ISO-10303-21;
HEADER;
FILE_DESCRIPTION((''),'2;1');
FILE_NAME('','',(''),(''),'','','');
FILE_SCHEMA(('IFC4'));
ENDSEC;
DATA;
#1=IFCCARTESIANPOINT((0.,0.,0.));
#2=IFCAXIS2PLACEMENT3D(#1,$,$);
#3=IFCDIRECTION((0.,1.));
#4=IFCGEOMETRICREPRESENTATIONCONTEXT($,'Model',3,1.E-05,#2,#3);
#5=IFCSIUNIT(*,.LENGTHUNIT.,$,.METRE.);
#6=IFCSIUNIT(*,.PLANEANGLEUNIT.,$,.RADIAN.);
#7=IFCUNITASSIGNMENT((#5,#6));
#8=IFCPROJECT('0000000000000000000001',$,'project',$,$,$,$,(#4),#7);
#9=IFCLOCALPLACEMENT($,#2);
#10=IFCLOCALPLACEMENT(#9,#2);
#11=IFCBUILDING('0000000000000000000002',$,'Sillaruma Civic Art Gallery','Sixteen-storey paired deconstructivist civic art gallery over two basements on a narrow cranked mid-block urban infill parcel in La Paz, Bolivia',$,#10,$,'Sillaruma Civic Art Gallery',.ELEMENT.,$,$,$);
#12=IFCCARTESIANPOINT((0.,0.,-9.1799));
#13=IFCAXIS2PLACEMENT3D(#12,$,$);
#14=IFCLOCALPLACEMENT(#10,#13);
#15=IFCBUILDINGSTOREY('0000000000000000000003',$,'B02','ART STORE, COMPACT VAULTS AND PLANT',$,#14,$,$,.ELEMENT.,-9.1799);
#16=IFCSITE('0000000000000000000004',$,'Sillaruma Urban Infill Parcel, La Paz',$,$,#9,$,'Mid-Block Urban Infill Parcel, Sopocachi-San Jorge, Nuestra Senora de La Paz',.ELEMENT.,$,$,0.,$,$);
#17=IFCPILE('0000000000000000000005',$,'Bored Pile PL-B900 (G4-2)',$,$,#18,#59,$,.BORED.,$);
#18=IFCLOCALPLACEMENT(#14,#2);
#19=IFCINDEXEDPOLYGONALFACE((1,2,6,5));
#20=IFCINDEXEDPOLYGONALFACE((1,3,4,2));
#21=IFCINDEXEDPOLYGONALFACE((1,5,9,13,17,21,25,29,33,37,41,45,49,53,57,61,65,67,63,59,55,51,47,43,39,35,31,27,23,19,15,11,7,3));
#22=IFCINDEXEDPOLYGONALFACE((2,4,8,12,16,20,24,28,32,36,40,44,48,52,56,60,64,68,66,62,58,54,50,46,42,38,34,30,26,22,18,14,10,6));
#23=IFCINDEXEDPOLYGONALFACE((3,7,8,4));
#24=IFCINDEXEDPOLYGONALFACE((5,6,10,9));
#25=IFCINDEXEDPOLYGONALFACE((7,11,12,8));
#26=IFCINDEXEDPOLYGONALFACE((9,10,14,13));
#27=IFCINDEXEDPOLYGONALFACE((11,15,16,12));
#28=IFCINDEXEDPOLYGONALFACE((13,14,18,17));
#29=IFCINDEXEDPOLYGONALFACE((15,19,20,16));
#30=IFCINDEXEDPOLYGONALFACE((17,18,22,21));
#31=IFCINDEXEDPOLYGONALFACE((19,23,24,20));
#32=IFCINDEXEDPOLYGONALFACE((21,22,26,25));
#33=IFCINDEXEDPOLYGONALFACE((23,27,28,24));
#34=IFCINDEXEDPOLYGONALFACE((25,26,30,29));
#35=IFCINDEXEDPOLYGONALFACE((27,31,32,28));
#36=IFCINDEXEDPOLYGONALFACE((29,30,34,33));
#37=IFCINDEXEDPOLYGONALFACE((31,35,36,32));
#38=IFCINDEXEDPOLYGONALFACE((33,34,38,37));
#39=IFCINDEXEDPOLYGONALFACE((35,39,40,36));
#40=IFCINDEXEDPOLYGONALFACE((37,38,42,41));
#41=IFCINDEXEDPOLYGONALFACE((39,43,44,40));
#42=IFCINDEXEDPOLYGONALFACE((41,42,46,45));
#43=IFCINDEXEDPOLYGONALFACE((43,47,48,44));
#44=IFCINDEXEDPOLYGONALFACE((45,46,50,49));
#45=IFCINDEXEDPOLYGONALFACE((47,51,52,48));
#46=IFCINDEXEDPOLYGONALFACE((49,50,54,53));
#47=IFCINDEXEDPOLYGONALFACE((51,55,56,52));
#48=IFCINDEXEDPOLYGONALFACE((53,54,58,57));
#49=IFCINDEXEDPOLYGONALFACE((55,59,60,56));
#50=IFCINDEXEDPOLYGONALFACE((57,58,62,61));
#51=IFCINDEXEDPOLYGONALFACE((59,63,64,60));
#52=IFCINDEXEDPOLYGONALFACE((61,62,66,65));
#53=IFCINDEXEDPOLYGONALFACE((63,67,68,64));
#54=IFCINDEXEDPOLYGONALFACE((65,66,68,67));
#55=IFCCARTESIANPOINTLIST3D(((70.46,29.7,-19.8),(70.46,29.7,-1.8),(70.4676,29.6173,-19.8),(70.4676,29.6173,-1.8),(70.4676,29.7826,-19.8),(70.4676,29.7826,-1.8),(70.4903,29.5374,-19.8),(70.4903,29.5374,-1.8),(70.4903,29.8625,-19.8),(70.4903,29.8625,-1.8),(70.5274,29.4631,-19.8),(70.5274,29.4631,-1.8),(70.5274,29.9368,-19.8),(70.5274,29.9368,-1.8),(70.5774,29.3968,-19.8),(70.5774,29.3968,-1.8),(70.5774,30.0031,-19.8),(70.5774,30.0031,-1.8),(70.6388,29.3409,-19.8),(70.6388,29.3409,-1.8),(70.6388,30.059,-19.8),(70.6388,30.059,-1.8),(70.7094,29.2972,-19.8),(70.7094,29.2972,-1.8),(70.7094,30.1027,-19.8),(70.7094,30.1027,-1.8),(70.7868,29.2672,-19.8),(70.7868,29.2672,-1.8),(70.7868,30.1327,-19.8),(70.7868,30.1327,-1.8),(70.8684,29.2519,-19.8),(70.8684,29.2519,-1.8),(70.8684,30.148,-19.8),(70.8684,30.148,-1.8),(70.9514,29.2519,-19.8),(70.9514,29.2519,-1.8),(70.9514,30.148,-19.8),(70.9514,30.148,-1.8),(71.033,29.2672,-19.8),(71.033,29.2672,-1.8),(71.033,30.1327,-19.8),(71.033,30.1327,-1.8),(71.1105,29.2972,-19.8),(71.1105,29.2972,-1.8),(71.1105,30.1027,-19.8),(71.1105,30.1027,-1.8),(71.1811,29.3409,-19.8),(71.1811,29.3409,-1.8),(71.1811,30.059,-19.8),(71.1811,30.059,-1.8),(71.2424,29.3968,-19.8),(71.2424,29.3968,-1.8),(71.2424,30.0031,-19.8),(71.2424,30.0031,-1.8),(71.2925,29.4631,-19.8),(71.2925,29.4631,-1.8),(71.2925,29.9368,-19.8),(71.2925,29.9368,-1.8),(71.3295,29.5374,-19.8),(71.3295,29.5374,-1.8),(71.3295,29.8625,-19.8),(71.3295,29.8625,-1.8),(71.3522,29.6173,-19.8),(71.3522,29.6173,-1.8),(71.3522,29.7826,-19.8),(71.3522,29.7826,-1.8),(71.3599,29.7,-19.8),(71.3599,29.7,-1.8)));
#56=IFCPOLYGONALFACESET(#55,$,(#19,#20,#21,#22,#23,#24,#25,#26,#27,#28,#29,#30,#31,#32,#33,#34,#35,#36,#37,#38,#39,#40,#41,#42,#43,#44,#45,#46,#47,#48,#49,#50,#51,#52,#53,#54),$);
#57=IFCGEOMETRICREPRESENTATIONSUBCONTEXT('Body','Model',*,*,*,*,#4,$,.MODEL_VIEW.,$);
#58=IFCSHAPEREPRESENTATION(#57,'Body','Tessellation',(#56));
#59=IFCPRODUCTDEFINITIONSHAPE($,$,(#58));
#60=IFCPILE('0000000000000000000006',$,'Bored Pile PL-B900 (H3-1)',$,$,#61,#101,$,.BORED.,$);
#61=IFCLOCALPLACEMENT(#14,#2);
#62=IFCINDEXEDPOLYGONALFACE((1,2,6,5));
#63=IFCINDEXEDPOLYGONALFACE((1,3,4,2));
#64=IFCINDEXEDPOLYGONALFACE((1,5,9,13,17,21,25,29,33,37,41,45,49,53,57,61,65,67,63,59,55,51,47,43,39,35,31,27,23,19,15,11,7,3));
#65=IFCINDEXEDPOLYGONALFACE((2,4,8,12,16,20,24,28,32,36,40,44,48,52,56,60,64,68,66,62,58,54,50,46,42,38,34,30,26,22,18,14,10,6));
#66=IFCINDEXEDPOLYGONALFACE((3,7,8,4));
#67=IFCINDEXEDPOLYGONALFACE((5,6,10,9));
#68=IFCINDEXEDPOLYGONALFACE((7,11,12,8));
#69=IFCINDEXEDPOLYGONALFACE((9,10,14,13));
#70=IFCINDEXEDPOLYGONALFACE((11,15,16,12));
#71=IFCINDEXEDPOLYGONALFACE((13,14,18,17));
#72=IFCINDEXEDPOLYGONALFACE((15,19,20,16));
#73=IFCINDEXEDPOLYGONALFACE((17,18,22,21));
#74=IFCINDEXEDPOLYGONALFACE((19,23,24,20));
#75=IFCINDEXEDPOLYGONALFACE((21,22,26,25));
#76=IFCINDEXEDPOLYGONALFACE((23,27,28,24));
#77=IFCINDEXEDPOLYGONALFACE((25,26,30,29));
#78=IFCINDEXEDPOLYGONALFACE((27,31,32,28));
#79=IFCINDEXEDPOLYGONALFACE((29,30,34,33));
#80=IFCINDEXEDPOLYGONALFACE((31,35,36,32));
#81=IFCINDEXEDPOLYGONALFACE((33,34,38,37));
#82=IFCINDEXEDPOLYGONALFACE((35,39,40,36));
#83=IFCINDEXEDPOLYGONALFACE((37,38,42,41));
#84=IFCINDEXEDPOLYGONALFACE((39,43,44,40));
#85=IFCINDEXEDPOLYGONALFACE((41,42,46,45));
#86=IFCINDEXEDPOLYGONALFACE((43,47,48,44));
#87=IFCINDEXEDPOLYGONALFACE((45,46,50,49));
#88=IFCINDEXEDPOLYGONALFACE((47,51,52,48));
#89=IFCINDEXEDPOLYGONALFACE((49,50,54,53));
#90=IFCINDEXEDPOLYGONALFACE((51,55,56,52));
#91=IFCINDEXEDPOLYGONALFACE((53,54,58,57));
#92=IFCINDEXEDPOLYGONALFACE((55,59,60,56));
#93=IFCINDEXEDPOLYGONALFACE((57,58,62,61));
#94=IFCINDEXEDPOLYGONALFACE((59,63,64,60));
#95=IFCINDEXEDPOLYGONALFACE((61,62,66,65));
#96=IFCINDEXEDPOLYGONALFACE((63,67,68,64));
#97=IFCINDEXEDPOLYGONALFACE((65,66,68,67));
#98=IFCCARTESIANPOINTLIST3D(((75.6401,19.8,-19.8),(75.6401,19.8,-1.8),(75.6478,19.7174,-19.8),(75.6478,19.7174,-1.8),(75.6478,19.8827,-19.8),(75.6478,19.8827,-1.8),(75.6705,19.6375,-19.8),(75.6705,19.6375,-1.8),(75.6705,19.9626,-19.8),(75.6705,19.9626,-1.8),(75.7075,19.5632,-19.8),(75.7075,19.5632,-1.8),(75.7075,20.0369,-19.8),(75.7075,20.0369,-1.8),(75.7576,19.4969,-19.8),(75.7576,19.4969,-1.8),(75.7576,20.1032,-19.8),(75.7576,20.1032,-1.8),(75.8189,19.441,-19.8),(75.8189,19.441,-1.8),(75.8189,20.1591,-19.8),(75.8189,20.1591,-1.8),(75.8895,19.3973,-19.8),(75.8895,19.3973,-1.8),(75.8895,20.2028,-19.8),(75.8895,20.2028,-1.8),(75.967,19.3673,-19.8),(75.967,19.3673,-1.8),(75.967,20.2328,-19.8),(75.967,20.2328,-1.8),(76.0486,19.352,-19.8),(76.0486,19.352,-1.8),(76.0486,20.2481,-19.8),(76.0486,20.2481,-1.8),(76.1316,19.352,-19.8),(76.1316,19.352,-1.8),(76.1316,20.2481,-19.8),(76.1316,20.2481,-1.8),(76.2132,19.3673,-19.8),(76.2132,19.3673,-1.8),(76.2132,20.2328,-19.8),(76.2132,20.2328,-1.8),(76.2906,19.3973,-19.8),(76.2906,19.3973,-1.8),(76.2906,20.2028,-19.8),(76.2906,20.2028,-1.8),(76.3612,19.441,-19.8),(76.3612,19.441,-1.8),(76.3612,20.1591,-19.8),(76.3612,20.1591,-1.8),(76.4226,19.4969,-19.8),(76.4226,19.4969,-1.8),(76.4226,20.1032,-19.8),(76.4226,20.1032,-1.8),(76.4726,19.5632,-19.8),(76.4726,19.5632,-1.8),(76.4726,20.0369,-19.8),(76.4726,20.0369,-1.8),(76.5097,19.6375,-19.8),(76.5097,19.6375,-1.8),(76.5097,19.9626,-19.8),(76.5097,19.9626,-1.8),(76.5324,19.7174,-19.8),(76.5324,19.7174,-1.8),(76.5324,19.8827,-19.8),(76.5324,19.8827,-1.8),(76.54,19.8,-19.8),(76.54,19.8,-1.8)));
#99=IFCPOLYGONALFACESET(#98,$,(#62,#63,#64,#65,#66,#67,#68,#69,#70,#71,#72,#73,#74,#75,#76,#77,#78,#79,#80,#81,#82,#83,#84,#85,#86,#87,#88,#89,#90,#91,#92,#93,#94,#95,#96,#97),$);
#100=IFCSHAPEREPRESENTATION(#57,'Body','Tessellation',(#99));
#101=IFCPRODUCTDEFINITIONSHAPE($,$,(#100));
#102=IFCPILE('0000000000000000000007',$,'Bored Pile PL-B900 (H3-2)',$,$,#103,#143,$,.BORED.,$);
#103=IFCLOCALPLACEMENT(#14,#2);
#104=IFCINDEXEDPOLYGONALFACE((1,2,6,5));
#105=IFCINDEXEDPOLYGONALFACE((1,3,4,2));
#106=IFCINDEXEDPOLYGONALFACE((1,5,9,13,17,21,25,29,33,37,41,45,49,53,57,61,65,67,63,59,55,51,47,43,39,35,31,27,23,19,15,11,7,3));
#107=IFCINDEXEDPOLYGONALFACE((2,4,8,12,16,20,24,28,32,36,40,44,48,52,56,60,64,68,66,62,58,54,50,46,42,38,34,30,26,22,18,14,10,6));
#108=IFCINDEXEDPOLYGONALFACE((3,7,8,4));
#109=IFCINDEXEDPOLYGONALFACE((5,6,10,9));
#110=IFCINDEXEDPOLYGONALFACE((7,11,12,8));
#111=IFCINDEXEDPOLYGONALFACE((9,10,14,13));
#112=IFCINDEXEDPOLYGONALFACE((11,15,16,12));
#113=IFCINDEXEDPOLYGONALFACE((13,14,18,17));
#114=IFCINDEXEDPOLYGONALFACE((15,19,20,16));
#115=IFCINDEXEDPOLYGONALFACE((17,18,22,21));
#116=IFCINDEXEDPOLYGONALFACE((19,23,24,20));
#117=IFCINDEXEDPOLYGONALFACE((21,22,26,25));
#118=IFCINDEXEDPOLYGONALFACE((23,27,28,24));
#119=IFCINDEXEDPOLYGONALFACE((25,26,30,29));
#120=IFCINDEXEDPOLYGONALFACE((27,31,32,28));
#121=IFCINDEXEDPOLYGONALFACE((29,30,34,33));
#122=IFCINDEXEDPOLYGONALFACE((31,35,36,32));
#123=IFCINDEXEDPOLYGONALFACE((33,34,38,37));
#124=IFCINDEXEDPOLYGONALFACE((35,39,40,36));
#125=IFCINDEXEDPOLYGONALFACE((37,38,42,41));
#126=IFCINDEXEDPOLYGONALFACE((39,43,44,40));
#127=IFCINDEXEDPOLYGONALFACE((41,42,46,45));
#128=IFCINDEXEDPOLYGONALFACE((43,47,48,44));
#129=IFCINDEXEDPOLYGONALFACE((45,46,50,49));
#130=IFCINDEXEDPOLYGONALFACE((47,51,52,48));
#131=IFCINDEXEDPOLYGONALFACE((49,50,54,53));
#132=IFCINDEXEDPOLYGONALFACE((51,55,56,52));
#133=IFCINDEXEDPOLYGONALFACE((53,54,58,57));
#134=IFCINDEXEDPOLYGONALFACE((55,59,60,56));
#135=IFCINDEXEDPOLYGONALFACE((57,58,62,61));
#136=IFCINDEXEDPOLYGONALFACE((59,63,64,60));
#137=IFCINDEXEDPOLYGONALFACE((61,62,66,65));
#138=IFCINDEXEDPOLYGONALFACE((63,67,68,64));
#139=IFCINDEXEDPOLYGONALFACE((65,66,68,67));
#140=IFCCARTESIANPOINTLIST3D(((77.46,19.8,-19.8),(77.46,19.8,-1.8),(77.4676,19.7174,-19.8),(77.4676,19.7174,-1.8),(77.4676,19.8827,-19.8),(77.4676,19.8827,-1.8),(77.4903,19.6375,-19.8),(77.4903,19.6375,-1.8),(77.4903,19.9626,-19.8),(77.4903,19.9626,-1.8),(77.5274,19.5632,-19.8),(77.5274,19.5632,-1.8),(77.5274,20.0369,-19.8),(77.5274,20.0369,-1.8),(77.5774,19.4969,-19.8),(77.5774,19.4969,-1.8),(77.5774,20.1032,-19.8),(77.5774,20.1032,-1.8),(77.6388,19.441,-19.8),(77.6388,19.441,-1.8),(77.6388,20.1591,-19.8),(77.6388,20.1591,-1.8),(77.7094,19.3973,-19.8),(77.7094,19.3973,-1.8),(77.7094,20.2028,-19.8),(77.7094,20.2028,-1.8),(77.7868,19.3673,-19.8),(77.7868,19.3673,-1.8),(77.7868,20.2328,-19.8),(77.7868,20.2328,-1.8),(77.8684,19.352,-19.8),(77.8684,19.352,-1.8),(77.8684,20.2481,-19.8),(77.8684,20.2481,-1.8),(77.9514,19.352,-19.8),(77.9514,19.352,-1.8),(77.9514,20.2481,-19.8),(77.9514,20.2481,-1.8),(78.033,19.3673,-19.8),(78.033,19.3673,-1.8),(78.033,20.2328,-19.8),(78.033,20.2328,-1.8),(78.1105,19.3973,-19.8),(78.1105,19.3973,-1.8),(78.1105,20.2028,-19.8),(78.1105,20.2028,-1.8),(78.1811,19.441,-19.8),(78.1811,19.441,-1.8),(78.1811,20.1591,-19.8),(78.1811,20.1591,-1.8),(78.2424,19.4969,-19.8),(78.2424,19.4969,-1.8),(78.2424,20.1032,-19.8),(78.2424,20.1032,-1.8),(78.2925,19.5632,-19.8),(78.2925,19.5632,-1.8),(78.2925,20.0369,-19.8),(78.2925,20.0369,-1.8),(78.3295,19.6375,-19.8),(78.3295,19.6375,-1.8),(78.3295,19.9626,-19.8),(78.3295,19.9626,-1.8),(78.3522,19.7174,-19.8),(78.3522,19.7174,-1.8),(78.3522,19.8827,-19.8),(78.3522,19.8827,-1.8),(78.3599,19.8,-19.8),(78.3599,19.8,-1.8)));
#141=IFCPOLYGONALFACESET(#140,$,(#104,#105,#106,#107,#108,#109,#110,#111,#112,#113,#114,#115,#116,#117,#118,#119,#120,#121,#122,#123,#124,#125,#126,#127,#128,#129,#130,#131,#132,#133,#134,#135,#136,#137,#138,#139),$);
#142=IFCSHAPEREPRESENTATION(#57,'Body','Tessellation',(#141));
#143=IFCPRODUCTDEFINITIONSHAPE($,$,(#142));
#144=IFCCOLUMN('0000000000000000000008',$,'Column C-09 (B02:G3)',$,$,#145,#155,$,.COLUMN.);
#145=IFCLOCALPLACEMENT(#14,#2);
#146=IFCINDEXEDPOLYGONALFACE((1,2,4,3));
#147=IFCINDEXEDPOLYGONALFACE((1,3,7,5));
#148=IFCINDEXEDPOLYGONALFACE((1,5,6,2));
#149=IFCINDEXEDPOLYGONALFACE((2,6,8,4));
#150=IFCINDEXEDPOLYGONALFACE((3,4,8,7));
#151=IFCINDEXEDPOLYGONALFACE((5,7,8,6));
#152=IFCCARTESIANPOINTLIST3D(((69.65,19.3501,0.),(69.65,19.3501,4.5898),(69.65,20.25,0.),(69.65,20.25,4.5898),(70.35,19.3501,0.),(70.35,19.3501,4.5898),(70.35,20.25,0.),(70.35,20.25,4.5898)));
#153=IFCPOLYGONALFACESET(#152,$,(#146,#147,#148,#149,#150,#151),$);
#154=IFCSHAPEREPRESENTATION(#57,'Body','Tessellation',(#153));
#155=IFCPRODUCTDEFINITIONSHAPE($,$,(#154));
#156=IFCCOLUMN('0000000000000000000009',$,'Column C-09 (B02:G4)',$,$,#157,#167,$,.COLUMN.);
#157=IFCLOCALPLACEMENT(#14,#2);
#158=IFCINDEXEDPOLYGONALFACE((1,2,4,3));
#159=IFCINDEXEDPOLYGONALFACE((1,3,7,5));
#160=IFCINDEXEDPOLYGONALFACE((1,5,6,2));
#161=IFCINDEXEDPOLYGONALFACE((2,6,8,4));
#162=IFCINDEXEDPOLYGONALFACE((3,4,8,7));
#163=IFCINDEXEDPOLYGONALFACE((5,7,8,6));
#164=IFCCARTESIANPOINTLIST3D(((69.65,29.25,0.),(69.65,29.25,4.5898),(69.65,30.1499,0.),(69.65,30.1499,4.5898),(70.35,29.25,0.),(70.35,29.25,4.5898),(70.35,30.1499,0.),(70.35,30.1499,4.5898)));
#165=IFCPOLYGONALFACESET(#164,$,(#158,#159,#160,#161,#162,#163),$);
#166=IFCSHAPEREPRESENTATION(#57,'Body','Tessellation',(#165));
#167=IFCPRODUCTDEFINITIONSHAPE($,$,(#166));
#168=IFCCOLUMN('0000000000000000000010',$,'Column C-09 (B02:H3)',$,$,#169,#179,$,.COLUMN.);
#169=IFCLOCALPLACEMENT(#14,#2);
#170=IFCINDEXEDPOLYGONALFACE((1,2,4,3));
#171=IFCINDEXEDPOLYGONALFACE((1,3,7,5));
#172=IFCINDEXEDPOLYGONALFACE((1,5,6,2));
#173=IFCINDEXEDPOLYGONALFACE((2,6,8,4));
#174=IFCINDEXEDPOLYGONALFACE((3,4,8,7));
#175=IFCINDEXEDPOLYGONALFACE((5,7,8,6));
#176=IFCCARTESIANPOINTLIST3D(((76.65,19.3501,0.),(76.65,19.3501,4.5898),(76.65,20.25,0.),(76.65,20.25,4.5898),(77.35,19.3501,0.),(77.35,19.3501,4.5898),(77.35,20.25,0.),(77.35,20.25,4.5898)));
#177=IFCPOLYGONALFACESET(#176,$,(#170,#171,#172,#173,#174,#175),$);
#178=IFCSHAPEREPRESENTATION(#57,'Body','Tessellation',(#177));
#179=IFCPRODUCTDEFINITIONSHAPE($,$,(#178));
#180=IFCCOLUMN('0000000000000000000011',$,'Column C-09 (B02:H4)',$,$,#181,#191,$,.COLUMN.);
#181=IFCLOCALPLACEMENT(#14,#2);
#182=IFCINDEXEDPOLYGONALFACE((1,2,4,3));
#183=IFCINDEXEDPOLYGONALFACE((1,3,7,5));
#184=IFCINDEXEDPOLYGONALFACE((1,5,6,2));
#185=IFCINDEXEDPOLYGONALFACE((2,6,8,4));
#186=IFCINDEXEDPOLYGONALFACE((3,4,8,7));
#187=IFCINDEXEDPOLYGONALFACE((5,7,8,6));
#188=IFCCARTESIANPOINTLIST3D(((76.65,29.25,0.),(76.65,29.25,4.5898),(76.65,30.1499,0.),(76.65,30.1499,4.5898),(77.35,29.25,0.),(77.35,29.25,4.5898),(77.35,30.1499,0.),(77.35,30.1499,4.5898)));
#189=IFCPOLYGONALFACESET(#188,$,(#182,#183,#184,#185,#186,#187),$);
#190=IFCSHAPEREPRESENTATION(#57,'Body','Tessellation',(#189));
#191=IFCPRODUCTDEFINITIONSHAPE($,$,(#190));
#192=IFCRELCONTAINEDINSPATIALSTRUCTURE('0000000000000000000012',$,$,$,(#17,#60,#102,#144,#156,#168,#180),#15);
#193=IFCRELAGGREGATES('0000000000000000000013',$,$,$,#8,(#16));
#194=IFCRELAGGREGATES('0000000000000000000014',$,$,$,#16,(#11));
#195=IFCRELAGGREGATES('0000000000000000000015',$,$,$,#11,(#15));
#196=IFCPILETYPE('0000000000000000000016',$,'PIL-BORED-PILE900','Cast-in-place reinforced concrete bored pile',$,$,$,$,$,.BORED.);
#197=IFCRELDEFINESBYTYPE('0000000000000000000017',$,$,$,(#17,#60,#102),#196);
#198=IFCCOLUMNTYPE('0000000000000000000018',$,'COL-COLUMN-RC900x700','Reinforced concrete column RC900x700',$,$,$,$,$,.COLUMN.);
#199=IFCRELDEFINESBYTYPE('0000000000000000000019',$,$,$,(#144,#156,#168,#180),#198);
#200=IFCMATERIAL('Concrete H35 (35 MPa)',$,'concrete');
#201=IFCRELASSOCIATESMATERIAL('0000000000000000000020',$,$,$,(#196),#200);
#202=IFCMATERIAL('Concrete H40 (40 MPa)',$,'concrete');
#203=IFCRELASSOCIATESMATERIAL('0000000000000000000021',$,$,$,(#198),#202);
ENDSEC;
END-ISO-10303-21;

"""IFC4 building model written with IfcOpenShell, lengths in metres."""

from ifc_helpers import new_model, si_unit, direction, frame, origin, origin_2d, place, context, subcontext, project, spatial, rectangle, circle, extrude, material, material_profile, profile_set, type_object, element, save


model = new_model("IFC4")

# Units and contexts
model_context = context("Model", 3, precision=1e-05, world=origin(), true_north=direction((0.0, 1.0)))
body_context = subcontext(model_context, "Body", "Model", "MODEL_VIEW")
ifc_project = project(units=[si_unit("LENGTHUNIT", "METRE"), si_unit("PLANEANGLEUNIT", "RADIAN")], contexts=[model_context])

# Site, building, storey
site_placement = place(None, origin())
site = spatial("IfcSite", under=ifc_project, at=site_placement, Name="Sillaruma Urban Infill Parcel, La Paz", LongName="Mid-Block Urban Infill Parcel, Sopocachi-San Jorge, Nuestra Senora de La Paz", CompositionType="ELEMENT", RefElevation=0.0)
building_placement = place(site_placement, origin())
building = spatial("IfcBuilding", under=site, at=building_placement, Name="Sillaruma Civic Art Gallery", Description="Sixteen-storey paired deconstructivist civic art gallery over two basements on a narrow cranked mid-block urban infill parcel in La Paz, Bolivia", LongName="Sillaruma Civic Art Gallery", CompositionType="ELEMENT")
storey_placement = place(building_placement, frame((0.0, 0.0, -9.1799)))
storey = spatial("IfcBuildingStorey", under=building, at=storey_placement, Name="B02", Description="ART STORE, COMPACT VAULTS AND PLANT", CompositionType="ELEMENT", Elevation=-9.1799)

# Shared definitions
ifc_material_1 = material(Name="Concrete H35 (35 MPa)", Category="concrete")

# Piles
ifc_material_profile_1 = material_profile(ifc_material_1, circle(Radius=0.45, at=origin_2d()), Name="PILE900")
ifc_profile_set_1 = profile_set([ifc_material_profile_1], Name="Concrete H35 (35 MPa)")
pile_type_1 = type_object("IfcPileType", Name="PIL-BORED-PILE900", Description="Cast-in-place reinforced concrete bored pile", PredefinedType="BORED", material=ifc_profile_set_1)
for number, where, z_axis, x_axis, name in (
    (1, (70.9099, 29.7, -1.8), (0.0, 0.0, -1.0), (1.0, 0.0, 0.0), "Bored Pile PL-B900 (G4-2)"),
    (2, (76.0901, 19.8, -1.8), (0.0, 0.0, -1.0), (1.0, 0.0, 0.0), "Bored Pile PL-B900 (H3-1)"),
    (3, (77.9099, 19.8, -1.8), (0.0, 0.0, -1.0), (1.0, 0.0, 0.0), "Bored Pile PL-B900 (H3-2)"),
):
    element("IfcPile", number, at=place(storey_placement, frame(where, z_axis=z_axis, x_axis=x_axis)), inside=storey, type_object=pile_type_1, Name=name, PredefinedType="BORED", context=body_context, shape_type="SweptSolid", body=[
        extrude(circle(Radius=0.45, at=origin_2d()), origin(), (0.0, 0.0, 1.0), 18.0),
    ])

# Columns
ifc_material_2 = material(Name="Concrete H40 (40 MPa)", Category="concrete")
ifc_material_profile_2 = material_profile(ifc_material_2, rectangle(XDim=0.7, YDim=0.8999, at=origin_2d()), Name="RC900x700")
ifc_profile_set_2 = profile_set([ifc_material_profile_2], Name="Concrete H40 (40 MPa)")
column_type = type_object("IfcColumnType", Name="COL-COLUMN-RC900x700", Description="Reinforced concrete column RC900x700", PredefinedType="COLUMN", material=ifc_profile_set_2)
for number, where, z_axis, x_axis, name in (
    (4, (70.0, 19.8, 0.0), (0.0, 0.0, 1.0), (1.0, 0.0, 0.0), "Column C-09 (B02:G3)"),
    (5, (70.0, 29.7, 0.0), (0.0, 0.0, 1.0), (1.0, 0.0, 0.0), "Column C-09 (B02:G4)"),
    (6, (77.0, 19.8, 0.0), (0.0, 0.0, 1.0), (1.0, 0.0, 0.0), "Column C-09 (B02:H3)"),
    (7, (77.0, 29.7, 0.0), (0.0, 0.0, 1.0), (1.0, 0.0, 0.0), "Column C-09 (B02:H4)"),
):
    element("IfcColumn", number, at=place(storey_placement, frame(where, z_axis=z_axis, x_axis=x_axis)), inside=storey, type_object=column_type, Name=name, PredefinedType="COLUMN", context=body_context, shape_type="SweptSolid", body=[
        extrude(rectangle(XDim=0.7, YDim=0.8999, at=origin_2d()), origin(), (0.0, 0.0, 1.0), 4.5898),
    ])

save(model, "model.ifc")
